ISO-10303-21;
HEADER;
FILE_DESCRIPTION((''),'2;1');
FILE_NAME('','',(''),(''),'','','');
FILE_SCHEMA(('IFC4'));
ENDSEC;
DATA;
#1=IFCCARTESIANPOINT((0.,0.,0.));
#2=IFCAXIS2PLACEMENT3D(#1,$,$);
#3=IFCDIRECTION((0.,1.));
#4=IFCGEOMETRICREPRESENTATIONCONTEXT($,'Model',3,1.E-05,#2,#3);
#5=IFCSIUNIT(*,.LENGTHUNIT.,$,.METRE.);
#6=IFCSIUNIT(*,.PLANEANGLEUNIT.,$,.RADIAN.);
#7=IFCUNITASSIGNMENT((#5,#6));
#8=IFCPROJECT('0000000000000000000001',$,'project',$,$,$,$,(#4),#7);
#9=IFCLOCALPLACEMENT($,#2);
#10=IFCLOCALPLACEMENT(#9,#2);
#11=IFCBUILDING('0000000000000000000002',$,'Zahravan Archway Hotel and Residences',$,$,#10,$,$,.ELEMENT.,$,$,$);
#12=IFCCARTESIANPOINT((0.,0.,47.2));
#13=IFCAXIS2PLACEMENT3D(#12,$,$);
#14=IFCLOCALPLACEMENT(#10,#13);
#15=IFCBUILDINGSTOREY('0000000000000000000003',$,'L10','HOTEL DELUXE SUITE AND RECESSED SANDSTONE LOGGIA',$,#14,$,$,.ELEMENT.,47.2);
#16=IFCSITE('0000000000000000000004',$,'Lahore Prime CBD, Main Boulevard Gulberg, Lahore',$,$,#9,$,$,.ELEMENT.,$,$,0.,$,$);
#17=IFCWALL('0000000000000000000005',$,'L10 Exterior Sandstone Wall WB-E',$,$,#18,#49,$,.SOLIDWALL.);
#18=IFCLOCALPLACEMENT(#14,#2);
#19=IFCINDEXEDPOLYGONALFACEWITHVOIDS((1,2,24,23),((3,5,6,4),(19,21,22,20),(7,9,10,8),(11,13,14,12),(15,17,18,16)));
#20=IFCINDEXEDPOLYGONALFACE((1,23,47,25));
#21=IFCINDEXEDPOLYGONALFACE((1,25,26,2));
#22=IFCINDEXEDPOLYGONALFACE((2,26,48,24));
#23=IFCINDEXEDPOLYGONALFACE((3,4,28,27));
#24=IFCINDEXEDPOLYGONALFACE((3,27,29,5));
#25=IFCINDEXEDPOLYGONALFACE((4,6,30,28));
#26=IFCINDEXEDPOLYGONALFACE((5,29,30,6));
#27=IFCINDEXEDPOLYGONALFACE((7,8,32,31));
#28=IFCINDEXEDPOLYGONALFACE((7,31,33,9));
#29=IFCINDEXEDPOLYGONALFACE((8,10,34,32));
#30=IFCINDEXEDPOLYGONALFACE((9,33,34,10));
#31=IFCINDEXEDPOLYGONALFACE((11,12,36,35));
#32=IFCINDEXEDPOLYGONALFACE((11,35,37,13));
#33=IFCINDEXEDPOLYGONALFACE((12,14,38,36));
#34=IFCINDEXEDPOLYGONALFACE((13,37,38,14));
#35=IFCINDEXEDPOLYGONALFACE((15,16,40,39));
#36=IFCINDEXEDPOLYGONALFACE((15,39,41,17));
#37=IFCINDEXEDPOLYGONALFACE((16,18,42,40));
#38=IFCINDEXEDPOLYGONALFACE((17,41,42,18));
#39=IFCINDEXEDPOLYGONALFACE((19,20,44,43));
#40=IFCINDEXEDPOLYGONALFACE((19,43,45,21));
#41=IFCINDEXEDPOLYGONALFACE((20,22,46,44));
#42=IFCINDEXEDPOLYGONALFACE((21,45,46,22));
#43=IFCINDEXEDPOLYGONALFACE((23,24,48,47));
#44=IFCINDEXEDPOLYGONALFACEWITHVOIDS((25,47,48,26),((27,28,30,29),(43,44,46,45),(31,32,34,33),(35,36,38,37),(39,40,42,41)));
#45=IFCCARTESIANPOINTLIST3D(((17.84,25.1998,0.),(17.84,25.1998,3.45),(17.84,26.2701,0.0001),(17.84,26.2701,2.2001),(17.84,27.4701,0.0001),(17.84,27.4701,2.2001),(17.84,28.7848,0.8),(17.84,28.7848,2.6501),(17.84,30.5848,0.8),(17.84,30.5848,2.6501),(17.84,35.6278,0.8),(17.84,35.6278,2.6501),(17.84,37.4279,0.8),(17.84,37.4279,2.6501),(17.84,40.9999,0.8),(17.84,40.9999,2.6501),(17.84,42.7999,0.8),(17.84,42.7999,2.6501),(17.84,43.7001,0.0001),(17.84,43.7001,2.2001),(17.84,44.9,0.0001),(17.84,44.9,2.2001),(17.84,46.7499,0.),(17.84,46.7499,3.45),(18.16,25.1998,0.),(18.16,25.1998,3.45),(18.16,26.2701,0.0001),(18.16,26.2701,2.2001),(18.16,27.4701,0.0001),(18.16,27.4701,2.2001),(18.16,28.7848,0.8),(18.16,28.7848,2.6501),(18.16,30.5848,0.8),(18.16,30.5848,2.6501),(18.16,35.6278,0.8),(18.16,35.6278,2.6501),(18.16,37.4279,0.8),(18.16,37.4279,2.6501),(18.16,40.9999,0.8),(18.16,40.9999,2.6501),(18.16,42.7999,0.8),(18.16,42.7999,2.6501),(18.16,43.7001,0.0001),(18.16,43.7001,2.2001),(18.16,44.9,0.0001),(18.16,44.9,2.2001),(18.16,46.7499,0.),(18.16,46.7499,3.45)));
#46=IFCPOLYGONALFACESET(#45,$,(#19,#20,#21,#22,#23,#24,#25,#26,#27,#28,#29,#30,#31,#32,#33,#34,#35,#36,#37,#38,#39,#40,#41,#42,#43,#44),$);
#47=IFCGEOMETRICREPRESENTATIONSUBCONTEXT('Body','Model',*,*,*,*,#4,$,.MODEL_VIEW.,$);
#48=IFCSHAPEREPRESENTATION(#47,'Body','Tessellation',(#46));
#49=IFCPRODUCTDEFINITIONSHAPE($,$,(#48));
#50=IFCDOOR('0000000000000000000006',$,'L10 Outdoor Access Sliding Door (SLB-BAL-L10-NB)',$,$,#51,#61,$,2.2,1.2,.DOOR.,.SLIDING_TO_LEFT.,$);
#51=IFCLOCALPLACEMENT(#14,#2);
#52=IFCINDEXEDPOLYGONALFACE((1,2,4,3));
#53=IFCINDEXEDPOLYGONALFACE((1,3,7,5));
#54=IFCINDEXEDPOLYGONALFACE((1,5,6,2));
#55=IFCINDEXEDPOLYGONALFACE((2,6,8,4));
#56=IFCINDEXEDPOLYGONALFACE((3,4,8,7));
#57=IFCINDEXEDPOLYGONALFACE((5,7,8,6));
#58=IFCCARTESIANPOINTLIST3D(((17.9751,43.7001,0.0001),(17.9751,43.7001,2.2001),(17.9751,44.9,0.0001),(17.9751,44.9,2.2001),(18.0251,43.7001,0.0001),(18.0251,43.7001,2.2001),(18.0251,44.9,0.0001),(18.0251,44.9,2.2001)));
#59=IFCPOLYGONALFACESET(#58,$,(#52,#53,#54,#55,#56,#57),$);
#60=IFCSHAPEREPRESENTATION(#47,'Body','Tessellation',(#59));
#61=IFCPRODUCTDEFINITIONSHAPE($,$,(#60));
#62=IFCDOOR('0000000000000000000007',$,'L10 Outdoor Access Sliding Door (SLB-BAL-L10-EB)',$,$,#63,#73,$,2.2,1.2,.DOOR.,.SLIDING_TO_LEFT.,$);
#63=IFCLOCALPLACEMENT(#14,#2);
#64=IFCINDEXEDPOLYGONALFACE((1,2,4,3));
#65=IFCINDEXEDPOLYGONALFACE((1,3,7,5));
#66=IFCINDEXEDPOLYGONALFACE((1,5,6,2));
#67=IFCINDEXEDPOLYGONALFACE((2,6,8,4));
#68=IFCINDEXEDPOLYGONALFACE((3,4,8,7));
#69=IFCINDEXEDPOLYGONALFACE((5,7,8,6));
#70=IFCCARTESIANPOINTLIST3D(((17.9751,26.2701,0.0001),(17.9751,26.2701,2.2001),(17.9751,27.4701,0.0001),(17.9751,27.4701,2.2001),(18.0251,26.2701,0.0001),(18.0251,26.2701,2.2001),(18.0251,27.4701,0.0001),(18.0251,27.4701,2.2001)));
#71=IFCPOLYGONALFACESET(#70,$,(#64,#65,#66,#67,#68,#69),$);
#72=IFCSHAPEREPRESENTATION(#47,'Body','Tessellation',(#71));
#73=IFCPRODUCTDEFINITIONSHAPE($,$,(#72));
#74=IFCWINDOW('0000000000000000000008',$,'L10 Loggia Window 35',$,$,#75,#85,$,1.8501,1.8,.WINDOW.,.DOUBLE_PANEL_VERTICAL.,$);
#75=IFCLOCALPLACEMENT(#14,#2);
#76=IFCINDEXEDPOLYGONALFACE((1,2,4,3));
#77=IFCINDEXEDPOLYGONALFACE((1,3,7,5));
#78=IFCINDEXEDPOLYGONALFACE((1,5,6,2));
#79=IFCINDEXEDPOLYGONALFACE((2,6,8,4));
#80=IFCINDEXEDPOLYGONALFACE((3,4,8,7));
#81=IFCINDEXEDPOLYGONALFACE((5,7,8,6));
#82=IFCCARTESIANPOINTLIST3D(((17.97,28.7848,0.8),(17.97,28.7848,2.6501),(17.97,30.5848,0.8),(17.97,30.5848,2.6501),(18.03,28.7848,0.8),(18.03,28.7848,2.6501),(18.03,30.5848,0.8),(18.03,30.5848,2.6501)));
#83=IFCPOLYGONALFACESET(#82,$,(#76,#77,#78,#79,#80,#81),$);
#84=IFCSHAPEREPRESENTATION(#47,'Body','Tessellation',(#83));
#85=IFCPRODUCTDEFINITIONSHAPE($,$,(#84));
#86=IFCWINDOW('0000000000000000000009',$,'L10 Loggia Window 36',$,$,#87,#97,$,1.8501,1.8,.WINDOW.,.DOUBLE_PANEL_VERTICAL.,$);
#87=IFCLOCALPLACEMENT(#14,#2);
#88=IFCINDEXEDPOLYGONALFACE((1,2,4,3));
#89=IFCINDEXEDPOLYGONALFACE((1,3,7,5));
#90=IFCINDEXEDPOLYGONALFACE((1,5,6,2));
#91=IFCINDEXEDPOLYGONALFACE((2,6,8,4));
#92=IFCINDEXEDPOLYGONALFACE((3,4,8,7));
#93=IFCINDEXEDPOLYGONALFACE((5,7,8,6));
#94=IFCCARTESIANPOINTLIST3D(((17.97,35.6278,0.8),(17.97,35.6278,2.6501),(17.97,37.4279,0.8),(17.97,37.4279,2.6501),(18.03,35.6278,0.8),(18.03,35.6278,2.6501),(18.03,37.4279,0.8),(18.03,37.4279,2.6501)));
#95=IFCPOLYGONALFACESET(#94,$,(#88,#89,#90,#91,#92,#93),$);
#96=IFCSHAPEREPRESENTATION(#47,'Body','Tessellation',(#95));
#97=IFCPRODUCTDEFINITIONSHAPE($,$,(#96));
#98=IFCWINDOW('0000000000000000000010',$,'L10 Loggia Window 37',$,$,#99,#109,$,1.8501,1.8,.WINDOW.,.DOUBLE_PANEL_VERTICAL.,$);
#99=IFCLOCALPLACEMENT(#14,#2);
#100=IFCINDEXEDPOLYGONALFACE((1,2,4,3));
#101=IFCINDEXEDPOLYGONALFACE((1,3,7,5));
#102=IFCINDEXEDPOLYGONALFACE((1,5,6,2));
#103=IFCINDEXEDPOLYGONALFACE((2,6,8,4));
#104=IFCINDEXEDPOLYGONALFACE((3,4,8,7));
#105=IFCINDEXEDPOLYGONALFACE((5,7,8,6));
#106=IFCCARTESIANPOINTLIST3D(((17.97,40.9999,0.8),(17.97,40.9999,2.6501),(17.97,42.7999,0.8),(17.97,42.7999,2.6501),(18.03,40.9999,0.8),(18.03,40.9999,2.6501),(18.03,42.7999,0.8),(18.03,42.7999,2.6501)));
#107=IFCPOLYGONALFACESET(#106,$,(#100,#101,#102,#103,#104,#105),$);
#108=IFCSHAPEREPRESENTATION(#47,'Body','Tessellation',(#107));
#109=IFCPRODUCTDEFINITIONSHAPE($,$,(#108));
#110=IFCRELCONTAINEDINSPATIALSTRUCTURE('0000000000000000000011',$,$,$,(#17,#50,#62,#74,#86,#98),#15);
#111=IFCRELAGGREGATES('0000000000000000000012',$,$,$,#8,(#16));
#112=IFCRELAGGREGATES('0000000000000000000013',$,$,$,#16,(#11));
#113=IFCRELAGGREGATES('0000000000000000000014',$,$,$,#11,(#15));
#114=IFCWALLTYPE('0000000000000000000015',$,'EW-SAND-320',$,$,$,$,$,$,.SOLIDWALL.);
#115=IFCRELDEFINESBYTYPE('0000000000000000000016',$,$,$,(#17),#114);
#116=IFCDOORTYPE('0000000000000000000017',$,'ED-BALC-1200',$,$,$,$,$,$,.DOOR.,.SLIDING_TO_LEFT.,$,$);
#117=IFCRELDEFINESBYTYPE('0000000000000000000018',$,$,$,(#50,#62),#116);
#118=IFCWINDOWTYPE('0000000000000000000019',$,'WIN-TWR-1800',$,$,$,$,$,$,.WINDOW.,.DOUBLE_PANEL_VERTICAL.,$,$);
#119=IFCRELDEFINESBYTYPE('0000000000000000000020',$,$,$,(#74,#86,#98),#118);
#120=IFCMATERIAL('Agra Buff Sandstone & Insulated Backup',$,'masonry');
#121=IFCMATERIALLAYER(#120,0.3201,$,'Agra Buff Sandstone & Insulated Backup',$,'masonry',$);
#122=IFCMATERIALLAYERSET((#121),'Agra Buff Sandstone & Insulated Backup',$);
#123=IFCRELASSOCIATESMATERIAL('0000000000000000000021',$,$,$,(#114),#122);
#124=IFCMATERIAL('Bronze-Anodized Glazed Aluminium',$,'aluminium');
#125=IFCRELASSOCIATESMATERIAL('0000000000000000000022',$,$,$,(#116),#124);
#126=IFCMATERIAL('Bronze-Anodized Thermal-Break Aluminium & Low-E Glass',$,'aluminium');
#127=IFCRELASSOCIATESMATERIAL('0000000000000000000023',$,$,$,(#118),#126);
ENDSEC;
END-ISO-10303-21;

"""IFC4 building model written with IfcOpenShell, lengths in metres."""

from ifc_helpers import new_model, si_unit, direction, frame, frame_2d, origin, place, context, subcontext, project, spatial, rectangle, extrude, source, transform, mapped, material, layer, layer_set, type_object, type_shapes, element, fill, save


model = new_model("IFC4")

# Units and contexts
model_context = context("Model", 3, precision=1e-05, world=origin(), true_north=direction((0.0, 1.0)))
body_context = subcontext(model_context, "Body", "Model", "MODEL_VIEW")
ifc_project = project(units=[si_unit("LENGTHUNIT", "METRE"), si_unit("PLANEANGLEUNIT", "RADIAN")], contexts=[model_context])

# Site, building, storey
site_placement = place(None, origin())
site = spatial("IfcSite", under=ifc_project, at=site_placement, Name="Lahore Prime CBD, Main Boulevard Gulberg, Lahore", CompositionType="ELEMENT", RefElevation=0.0)
building_placement = place(site_placement, origin())
building = spatial("IfcBuilding", under=site, at=building_placement, Name="Zahravan Archway Hotel and Residences", CompositionType="ELEMENT")
storey_placement = place(building_placement, frame((0.0, 0.0, 47.2)))
storey = spatial("IfcBuildingStorey", under=building, at=storey_placement, Name="L10", Description="HOTEL DELUXE SUITE AND RECESSED SANDSTONE LOGGIA", CompositionType="ELEMENT", Elevation=47.2)

# Wall, openings, doors, windows
ifc_material_1 = material(Name="Agra Buff Sandstone & Insulated Backup", Category="masonry")
ifc_layer_1 = layer(ifc_material_1, 0.3201, Name="Agra Buff Sandstone & Insulated Backup", Category="masonry")
ifc_layer_set_1 = layer_set([ifc_layer_1], Name="Agra Buff Sandstone & Insulated Backup")
wall_type_1 = type_object("IfcWallType", Name="EW-SAND-320", PredefinedType="SOLIDWALL", material=ifc_layer_set_1)
wall_1_placement = place(storey_placement, frame((18.0, 25.2, 0.0), z_axis=(0.0, 0.0, 1.0), x_axis=(0.0, 1.0, 0.0)))
wall_1 = element("IfcWall", 1, at=wall_1_placement, inside=storey, type_object=wall_type_1, Name="L10 Exterior Sandstone Wall WB-E", PredefinedType="SOLIDWALL", context=body_context, shape_type="SweptSolid", body=[
    extrude(rectangle(XDim=21.55, YDim=0.3201, at=frame_2d((10.7749, 0.0))), origin(), (0.0, 0.0, 1.0), 3.45),
])
opening_1_placement = place(wall_1_placement, frame((18.5, 0.0, 0.0)))
opening_1 = element("IfcOpeningElement", 2, at=opening_1_placement, cuts=wall_1, PredefinedType="OPENING", context=body_context, shape_type="SweptSolid", body=[
    extrude(rectangle(XDim=1.2, YDim=2.2, at=frame_2d((0.6001, 1.1001))), frame((0.0, 0.1699, 0.0), z_axis=(0.0, -1.0, 0.0), x_axis=(1.0, 0.0, 0.0)), (0.0, 0.0, 1.0), 0.3401),
])
opening_2_placement = place(wall_1_placement, frame((1.0701, 0.0, 0.0)))
opening_2 = element("IfcOpeningElement", 3, at=opening_2_placement, cuts=wall_1, PredefinedType="OPENING", context=body_context, shape_type="SweptSolid", body=[
    extrude(rectangle(XDim=1.2, YDim=2.2, at=frame_2d((0.6001, 1.1001))), frame((0.0, 0.1699, 0.0), z_axis=(0.0, -1.0, 0.0), x_axis=(1.0, 0.0, 0.0)), (0.0, 0.0, 1.0), 0.3401),
])
opening_3_placement = place(wall_1_placement, frame((3.585, 0.0, 0.8)))
opening_3 = element("IfcOpeningElement", 4, at=opening_3_placement, cuts=wall_1, PredefinedType="OPENING", context=body_context, shape_type="SweptSolid", body=[
    extrude(rectangle(XDim=1.8, YDim=1.8501, at=frame_2d((0.8999, 0.925))), frame((0.0, 0.1699, 0.0), z_axis=(0.0, -1.0, 0.0), x_axis=(1.0, 0.0, 0.0)), (0.0, 0.0, 1.0), 0.3401),
])
opening_4_placement = place(wall_1_placement, frame((10.428, 0.0, 0.8)))
opening_4 = element("IfcOpeningElement", 5, at=opening_4_placement, cuts=wall_1, PredefinedType="OPENING", context=body_context, shape_type="SweptSolid", body=[
    extrude(rectangle(XDim=1.8, YDim=1.8501, at=frame_2d((0.8999, 0.925))), frame((0.0, 0.1699, 0.0), z_axis=(0.0, -1.0, 0.0), x_axis=(1.0, 0.0, 0.0)), (0.0, 0.0, 1.0), 0.3401),
])
opening_5_placement = place(wall_1_placement, frame((15.8, 0.0, 0.8)))
opening_5 = element("IfcOpeningElement", 6, at=opening_5_placement, cuts=wall_1, PredefinedType="OPENING", context=body_context, shape_type="SweptSolid", body=[
    extrude(rectangle(XDim=1.8, YDim=1.8501, at=frame_2d((0.8999, 0.925))), frame((0.0, 0.1699, 0.0), z_axis=(0.0, -1.0, 0.0), x_axis=(1.0, 0.0, 0.0)), (0.0, 0.0, 1.0), 0.3401),
])
ifc_material_2 = material(Name="Bronze-Anodized Glazed Aluminium", Category="aluminium")
door_type_1 = type_object("IfcDoorType", Name="ED-BALC-1200", OperationType="SLIDING_TO_LEFT", PredefinedType="DOOR", material=ifc_material_2)
shared_shape_1 = source(origin(), body_context, "Body", "SweptSolid", [
    extrude(rectangle(XDim=1.2, YDim=2.2, at=frame_2d((0.6001, 1.1001))), frame((0.0, 0.0249, 0.0), z_axis=(0.0, -1.0, 0.0), x_axis=(1.0, 0.0, 0.0)), (0.0, 0.0, 1.0), 0.05),
])
type_shapes(door_type_1, [shared_shape_1])
door_1_placement = place(opening_1_placement, origin())
door_1 = element("IfcDoor", 7, at=door_1_placement, inside=storey, type_object=door_type_1, Name="L10 Outdoor Access Sliding Door (SLB-BAL-L10-NB)", OperationType="SLIDING_TO_LEFT", OverallHeight=2.2, OverallWidth=1.2, PredefinedType="DOOR", context=body_context, shape_type="MappedRepresentation", body=[
    mapped(shared_shape_1, transform((0.0, 0.0, 0.0), scale=1.0)),
])
fill(opening_1, door_1)
door_2_placement = place(opening_2_placement, origin())
door_2 = element("IfcDoor", 8, at=door_2_placement, inside=storey, type_object=door_type_1, Name="L10 Outdoor Access Sliding Door (SLB-BAL-L10-EB)", OperationType="SLIDING_TO_LEFT", OverallHeight=2.2, OverallWidth=1.2, PredefinedType="DOOR", context=body_context, shape_type="MappedRepresentation", body=[
    mapped(shared_shape_1, transform((0.0, 0.0, 0.0), scale=1.0)),
])
fill(opening_2, door_2)
ifc_material_3 = material(Name="Bronze-Anodized Thermal-Break Aluminium & Low-E Glass", Category="aluminium")
window_type = type_object("IfcWindowType", Name="WIN-TWR-1800", PartitioningType="DOUBLE_PANEL_VERTICAL", PredefinedType="WINDOW", material=ifc_material_3)
shared_shape_2 = source(origin(), body_context, "Body", "SweptSolid", [
    extrude(rectangle(XDim=1.8, YDim=1.8501, at=frame_2d((0.8999, 0.925))), frame((0.0, 0.03, 0.0), z_axis=(0.0, -1.0, 0.0), x_axis=(1.0, 0.0, 0.0)), (0.0, 0.0, 1.0), 0.0601),
])
type_shapes(window_type, [shared_shape_2])
window_1_placement = place(opening_3_placement, origin())
window_1 = element("IfcWindow", 9, at=window_1_placement, inside=storey, type_object=window_type, Name="L10 Loggia Window 35", OverallHeight=1.8501, OverallWidth=1.8, PartitioningType="DOUBLE_PANEL_VERTICAL", PredefinedType="WINDOW", context=body_context, shape_type="MappedRepresentation", body=[
    mapped(shared_shape_2, transform((0.0, 0.0, 0.0), scale=1.0)),
])
fill(opening_3, window_1)
window_2_placement = place(opening_4_placement, origin())
window_2 = element("IfcWindow", 10, at=window_2_placement, inside=storey, type_object=window_type, Name="L10 Loggia Window 36", OverallHeight=1.8501, OverallWidth=1.8, PartitioningType="DOUBLE_PANEL_VERTICAL", PredefinedType="WINDOW", context=body_context, shape_type="MappedRepresentation", body=[
    mapped(shared_shape_2, transform((0.0, 0.0, 0.0), scale=1.0)),
])
fill(opening_4, window_2)
window_3_placement = place(opening_5_placement, origin())
window_3 = element("IfcWindow", 11, at=window_3_placement, inside=storey, type_object=window_type, Name="L10 Loggia Window 37", OverallHeight=1.8501, OverallWidth=1.8, PartitioningType="DOUBLE_PANEL_VERTICAL", PredefinedType="WINDOW", context=body_context, shape_type="MappedRepresentation", body=[
    mapped(shared_shape_2, transform((0.0, 0.0, 0.0), scale=1.0)),
])
fill(opening_5, window_3)

save(model, "model.ifc")
